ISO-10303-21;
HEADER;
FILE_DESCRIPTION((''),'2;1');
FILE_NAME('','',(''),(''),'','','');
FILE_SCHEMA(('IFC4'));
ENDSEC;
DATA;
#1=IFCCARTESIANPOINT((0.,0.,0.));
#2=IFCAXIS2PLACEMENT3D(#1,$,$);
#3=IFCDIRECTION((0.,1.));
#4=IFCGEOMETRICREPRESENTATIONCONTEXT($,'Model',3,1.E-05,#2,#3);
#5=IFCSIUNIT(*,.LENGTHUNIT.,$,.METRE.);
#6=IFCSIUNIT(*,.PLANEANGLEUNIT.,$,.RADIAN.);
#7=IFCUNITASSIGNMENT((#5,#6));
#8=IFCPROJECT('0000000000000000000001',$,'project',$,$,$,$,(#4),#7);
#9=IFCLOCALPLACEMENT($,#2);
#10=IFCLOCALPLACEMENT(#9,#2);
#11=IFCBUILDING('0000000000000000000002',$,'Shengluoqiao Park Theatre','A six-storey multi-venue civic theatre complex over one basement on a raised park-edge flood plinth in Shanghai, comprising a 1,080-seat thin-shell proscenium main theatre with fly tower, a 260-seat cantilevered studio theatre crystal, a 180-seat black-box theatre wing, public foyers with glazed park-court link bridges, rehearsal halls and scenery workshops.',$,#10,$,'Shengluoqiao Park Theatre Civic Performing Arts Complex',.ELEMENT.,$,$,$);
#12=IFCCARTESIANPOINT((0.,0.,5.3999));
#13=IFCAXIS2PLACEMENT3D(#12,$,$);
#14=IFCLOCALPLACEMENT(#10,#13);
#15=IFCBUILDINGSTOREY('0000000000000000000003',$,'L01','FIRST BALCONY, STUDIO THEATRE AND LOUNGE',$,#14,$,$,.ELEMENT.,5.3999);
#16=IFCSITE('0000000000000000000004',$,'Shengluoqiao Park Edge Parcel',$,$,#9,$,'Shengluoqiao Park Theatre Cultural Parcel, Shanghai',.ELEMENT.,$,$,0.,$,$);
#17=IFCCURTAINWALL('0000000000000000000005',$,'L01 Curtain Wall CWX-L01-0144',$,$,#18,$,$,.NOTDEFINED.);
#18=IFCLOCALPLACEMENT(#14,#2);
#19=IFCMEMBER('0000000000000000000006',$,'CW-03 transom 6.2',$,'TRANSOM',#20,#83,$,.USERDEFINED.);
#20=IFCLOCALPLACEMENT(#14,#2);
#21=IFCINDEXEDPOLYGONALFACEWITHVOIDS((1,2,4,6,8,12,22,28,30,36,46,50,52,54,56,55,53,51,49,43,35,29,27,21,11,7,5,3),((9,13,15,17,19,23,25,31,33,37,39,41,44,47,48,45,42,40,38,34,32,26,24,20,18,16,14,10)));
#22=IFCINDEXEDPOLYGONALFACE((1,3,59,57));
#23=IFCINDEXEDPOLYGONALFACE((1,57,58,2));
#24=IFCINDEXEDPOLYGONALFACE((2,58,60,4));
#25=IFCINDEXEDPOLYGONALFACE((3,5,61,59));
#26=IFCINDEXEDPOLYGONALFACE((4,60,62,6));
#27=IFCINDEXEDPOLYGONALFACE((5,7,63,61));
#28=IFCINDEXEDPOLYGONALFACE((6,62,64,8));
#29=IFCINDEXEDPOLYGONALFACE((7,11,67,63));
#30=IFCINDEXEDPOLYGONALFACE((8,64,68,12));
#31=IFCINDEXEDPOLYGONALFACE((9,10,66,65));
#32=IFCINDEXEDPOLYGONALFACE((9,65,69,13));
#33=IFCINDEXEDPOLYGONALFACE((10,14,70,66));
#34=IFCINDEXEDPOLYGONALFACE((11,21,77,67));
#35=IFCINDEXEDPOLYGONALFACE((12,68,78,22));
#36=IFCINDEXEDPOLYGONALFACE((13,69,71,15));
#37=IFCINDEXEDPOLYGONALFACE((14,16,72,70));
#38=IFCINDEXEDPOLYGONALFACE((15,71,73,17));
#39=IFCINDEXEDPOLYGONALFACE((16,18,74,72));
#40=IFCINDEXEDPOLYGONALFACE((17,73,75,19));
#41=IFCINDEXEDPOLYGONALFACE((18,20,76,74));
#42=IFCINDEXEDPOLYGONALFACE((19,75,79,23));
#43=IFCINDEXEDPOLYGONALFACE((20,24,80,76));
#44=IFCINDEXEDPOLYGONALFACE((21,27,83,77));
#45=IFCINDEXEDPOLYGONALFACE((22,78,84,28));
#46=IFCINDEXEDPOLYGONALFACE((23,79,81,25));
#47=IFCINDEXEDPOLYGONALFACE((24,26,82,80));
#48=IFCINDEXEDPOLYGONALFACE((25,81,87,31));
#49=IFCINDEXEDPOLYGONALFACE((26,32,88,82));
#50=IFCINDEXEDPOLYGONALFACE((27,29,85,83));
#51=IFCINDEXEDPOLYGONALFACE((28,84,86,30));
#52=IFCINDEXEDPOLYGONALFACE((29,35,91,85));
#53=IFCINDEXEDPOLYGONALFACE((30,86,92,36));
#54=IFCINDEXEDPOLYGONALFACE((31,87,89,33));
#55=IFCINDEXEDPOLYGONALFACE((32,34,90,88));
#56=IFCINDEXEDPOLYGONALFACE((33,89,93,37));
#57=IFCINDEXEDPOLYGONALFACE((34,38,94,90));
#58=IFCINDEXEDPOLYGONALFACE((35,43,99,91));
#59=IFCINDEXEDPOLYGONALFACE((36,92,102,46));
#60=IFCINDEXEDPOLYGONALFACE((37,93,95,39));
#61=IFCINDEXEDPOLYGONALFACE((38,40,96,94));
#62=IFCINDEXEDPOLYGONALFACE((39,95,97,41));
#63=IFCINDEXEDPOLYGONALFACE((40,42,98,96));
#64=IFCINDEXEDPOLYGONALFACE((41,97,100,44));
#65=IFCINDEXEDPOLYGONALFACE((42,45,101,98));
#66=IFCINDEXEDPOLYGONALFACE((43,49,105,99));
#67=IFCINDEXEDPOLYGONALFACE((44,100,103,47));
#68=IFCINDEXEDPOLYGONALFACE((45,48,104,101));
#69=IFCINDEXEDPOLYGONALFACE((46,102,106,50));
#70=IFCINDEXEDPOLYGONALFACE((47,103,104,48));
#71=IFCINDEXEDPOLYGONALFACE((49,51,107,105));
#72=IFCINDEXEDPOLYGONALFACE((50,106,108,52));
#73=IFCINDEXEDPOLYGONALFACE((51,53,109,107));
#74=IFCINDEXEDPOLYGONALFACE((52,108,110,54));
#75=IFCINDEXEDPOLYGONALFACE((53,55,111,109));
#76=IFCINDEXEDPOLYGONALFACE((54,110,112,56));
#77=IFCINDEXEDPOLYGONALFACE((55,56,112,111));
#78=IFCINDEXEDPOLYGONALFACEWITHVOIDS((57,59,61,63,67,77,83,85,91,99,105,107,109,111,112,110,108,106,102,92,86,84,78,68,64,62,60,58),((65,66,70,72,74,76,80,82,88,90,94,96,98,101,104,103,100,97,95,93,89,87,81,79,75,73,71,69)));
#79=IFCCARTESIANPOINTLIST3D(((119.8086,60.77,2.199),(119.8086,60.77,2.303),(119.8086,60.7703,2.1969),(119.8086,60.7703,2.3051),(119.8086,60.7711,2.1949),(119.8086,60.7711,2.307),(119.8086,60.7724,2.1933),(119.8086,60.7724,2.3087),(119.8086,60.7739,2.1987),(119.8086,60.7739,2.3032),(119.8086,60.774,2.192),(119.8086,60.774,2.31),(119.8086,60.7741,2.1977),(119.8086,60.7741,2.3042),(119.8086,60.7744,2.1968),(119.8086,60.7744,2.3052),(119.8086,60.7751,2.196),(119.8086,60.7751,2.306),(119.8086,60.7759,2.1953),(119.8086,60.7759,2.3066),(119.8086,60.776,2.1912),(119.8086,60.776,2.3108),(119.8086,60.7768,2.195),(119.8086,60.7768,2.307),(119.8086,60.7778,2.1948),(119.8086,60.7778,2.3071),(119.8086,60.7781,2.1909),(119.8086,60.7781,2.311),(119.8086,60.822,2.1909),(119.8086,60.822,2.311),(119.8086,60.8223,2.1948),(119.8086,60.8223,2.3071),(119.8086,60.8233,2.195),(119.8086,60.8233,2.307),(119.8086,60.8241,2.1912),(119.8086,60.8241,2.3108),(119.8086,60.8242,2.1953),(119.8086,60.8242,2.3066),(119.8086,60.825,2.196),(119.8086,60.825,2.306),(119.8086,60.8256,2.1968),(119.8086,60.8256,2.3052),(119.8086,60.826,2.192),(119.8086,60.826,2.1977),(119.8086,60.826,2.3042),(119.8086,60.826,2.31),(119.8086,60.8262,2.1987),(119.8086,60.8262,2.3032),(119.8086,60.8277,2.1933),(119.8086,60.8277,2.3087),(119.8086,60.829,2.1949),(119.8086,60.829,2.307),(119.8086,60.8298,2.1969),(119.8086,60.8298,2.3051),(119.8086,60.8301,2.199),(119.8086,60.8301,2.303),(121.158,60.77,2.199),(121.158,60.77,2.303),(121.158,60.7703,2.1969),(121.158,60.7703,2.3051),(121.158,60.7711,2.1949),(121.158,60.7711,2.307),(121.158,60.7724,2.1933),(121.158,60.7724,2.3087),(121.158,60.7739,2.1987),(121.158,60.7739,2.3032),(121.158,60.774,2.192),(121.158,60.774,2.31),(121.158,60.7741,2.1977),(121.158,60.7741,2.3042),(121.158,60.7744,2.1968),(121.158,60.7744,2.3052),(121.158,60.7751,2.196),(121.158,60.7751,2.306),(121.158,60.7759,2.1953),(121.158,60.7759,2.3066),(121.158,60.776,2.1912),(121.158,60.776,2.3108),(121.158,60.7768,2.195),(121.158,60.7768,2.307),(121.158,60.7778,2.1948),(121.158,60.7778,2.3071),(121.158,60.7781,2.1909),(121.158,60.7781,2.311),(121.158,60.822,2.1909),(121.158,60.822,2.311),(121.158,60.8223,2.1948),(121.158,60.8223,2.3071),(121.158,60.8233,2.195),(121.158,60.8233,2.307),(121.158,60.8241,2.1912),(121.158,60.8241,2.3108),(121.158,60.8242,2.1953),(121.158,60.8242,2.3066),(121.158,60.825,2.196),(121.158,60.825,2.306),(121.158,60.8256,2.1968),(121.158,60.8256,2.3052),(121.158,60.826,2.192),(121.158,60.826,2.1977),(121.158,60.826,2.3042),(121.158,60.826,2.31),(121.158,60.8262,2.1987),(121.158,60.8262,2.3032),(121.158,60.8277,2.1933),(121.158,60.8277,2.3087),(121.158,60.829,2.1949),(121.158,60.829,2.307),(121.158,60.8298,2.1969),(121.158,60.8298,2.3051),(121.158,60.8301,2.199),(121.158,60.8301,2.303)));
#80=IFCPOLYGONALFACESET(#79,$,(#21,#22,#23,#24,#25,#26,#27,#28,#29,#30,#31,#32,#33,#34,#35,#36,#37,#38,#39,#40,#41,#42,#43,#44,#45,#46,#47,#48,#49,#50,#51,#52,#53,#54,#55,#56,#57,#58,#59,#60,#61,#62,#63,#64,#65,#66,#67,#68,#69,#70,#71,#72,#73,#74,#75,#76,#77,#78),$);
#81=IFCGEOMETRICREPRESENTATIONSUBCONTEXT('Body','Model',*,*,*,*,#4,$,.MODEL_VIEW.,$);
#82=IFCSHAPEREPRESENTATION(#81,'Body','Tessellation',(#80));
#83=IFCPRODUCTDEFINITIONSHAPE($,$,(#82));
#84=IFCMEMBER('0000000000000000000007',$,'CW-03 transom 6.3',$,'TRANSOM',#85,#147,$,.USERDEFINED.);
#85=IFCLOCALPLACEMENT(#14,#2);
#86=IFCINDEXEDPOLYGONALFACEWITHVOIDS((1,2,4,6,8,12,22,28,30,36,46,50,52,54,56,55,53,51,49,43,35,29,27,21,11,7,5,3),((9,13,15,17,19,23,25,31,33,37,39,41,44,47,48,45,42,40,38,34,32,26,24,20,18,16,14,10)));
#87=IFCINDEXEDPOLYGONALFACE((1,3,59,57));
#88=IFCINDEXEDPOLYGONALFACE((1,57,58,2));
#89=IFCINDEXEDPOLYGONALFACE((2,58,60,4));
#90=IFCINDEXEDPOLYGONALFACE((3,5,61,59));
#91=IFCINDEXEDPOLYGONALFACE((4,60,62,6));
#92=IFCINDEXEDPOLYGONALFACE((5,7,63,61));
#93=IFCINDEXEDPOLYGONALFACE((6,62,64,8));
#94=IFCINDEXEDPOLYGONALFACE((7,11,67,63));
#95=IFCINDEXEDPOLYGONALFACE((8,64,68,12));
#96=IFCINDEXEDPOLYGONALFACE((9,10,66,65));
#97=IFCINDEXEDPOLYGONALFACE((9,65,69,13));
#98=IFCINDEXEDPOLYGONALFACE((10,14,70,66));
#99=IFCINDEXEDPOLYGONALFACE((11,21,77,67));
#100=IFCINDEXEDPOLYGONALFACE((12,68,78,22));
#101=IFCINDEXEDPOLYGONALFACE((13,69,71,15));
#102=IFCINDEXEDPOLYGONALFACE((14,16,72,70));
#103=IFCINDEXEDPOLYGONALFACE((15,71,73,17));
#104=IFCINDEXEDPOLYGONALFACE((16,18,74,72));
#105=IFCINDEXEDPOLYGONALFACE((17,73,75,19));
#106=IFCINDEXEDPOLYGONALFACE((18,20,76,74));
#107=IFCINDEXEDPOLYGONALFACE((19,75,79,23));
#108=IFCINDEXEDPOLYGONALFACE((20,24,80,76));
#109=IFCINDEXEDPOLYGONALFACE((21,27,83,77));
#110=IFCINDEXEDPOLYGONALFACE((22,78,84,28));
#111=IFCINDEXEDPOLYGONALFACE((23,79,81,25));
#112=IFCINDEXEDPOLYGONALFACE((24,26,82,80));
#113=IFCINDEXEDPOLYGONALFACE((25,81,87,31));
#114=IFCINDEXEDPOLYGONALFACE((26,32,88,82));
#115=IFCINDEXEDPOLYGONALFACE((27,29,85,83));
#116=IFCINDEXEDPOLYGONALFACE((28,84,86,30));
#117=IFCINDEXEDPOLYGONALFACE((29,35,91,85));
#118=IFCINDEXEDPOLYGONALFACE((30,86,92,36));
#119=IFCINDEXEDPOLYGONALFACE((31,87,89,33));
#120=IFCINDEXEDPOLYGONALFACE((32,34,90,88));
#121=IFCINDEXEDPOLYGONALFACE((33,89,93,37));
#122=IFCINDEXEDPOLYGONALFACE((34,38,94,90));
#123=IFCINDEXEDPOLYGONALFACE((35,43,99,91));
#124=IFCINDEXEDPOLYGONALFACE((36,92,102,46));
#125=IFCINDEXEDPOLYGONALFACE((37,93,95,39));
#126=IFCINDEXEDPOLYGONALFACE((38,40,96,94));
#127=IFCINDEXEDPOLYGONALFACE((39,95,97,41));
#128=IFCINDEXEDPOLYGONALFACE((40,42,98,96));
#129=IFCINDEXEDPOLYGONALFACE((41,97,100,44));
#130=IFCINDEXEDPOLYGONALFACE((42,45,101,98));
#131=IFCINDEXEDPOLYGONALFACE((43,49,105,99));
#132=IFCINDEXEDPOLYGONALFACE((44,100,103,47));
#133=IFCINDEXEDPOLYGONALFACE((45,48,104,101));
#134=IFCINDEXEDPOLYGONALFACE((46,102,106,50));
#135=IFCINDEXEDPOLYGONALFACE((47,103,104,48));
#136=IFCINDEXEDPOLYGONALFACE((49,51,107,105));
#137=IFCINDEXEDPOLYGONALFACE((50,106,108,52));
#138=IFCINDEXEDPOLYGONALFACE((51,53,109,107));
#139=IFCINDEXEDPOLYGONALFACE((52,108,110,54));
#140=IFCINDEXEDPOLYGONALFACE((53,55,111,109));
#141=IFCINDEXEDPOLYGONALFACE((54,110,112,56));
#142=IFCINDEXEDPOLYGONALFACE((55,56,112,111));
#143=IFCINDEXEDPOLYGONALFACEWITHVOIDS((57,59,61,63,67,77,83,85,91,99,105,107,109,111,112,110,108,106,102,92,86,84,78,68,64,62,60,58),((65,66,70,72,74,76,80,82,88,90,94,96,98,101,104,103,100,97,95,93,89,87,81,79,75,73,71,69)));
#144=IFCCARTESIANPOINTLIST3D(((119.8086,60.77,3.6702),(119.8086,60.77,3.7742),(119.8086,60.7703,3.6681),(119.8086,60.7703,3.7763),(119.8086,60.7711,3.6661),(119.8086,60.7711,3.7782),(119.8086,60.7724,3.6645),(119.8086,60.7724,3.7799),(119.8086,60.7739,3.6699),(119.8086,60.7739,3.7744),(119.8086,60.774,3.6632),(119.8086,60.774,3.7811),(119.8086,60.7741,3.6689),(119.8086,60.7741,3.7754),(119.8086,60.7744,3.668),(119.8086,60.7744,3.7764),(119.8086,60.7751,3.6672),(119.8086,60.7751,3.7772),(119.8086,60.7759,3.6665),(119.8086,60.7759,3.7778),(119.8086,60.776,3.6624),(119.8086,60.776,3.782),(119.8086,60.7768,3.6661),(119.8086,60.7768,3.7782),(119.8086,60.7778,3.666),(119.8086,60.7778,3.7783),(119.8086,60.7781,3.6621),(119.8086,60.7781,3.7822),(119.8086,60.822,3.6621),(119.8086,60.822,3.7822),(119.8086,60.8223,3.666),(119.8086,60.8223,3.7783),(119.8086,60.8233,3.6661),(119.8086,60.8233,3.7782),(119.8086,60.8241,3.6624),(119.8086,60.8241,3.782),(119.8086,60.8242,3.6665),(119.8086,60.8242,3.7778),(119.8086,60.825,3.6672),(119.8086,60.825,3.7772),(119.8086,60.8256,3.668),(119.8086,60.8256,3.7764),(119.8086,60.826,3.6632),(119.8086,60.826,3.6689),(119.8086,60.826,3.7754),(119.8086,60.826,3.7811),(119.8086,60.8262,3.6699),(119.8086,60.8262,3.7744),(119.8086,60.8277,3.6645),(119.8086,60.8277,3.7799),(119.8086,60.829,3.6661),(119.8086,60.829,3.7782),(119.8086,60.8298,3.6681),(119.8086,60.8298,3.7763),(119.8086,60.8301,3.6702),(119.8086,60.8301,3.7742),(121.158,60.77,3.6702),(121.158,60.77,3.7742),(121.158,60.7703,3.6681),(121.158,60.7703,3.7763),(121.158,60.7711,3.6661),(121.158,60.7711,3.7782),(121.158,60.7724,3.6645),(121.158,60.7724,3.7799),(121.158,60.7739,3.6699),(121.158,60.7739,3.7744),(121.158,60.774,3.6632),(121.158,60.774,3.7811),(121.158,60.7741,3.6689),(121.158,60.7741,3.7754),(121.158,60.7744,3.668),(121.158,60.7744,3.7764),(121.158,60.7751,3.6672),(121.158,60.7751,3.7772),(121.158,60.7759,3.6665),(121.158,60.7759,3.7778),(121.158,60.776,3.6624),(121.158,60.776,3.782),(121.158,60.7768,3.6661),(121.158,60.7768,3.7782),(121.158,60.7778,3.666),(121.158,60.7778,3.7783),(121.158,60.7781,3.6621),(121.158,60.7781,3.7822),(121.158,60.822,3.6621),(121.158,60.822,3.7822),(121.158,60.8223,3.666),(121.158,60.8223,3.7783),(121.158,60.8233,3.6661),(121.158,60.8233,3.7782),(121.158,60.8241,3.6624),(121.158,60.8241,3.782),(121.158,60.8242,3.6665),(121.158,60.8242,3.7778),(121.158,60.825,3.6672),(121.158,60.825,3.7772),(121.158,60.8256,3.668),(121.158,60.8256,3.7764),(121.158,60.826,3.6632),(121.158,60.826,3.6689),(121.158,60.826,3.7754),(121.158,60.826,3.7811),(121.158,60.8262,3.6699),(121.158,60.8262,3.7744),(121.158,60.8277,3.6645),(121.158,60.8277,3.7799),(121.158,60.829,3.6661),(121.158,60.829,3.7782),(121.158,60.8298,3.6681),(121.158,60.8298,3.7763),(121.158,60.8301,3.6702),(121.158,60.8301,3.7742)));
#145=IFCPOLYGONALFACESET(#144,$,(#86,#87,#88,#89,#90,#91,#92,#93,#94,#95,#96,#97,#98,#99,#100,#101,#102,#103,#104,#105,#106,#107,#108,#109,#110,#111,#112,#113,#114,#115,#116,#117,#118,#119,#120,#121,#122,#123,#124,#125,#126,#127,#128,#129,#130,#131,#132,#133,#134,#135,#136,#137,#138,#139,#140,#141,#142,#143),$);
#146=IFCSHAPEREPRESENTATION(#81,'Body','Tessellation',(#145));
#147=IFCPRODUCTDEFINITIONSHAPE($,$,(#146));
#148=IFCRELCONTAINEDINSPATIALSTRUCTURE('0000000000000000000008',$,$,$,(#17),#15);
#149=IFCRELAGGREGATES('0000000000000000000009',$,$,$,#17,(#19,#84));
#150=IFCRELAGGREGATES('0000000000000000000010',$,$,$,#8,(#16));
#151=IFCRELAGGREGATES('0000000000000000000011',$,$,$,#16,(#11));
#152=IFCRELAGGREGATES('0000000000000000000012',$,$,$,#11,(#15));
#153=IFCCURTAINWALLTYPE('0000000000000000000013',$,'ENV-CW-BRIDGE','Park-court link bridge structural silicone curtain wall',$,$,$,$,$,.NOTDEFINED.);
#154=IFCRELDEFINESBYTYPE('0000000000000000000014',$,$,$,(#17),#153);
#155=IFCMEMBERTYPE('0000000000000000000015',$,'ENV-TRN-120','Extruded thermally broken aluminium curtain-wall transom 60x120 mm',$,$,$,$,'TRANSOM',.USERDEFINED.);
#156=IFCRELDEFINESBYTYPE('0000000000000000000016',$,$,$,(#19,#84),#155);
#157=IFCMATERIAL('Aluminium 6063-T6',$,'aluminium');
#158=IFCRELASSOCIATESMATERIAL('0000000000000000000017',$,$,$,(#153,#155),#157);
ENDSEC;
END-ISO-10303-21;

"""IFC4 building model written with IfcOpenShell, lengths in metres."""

from ifc_helpers import new_model, si_unit, direction, frame, origin, origin_2d, place, context, subcontext, project, spatial, hollow_rectangle, extrude, material, material_profile, profile_set, type_object, element, aggregate, save


model = new_model("IFC4")

# Units and contexts
model_context = context("Model", 3, precision=1e-05, world=origin(), true_north=direction((0.0, 1.0)))
body_context = subcontext(model_context, "Body", "Model", "MODEL_VIEW")
ifc_project = project(units=[si_unit("LENGTHUNIT", "METRE"), si_unit("PLANEANGLEUNIT", "RADIAN")], contexts=[model_context])

# Site, building, storey
site_placement = place(None, origin())
site = spatial("IfcSite", under=ifc_project, at=site_placement, Name="Shengluoqiao Park Edge Parcel", LongName="Shengluoqiao Park Theatre Cultural Parcel, Shanghai", CompositionType="ELEMENT", RefElevation=0.0)
building_placement = place(site_placement, origin())
building = spatial("IfcBuilding", under=site, at=building_placement, Name="Shengluoqiao Park Theatre", Description="A six-storey multi-venue civic theatre complex over one basement on a raised park-edge flood plinth in Shanghai, comprising a 1,080-seat thin-shell proscenium main theatre with fly tower, a 260-seat cantilevered studio theatre crystal, a 180-seat black-box theatre wing, public foyers with glazed park-court link bridges, rehearsal halls and scenery workshops.", LongName="Shengluoqiao Park Theatre Civic Performing Arts Complex", CompositionType="ELEMENT")
storey_placement = place(building_placement, frame((0.0, 0.0, 5.3999)))
storey = spatial("IfcBuildingStorey", under=building, at=storey_placement, Name="L01", Description="FIRST BALCONY, STUDIO THEATRE AND LOUNGE", CompositionType="ELEMENT", Elevation=5.3999)

# Curtain wall
ifc_material_1 = material(Name="Aluminium 6063-T6", Category="aluminium")
curtain_wall_type = type_object("IfcCurtainWallType", Name="ENV-CW-BRIDGE", Description="Park-court link bridge structural silicone curtain wall", PredefinedType="NOTDEFINED", material=ifc_material_1)
curtain_wall_1_placement = place(storey_placement, origin())
curtain_wall_1 = element("IfcCurtainWall", 1, at=curtain_wall_1_placement, inside=storey, type_object=curtain_wall_type, Name="L01 Curtain Wall CWX-L01-0144", PredefinedType="NOTDEFINED")

# Members
ifc_material_profile_1 = material_profile(ifc_material_1, hollow_rectangle(XDim=0.0601, YDim=0.1201, WallThickness=0.0039, InnerFilletRadius=0.0039, OuterFilletRadius=0.0081, at=origin_2d()), Name="ALU TRANSOM 120x60x4")
ifc_profile_set_1 = profile_set([ifc_material_profile_1], Name="Aluminium 6063-T6")
member_type_1 = type_object("IfcMemberType", Name="ENV-TRN-120", Description="Extruded thermally broken aluminium curtain-wall transom 60x120 mm", ElementType="TRANSOM", PredefinedType="USERDEFINED", material=ifc_profile_set_1)
member_1_placement = place(storey_placement, frame((119.8086, 60.8, 2.251), z_axis=(1.0, 0.0, 0.0), x_axis=(0.0, 1.0, 0.0)))
member_1 = element("IfcMember", 2, at=member_1_placement, type_object=member_type_1, Name="CW-03 transom 6.2", ObjectType="TRANSOM", PredefinedType="USERDEFINED", context=body_context, shape_type="SweptSolid", body=[
    extrude(hollow_rectangle(XDim=0.0601, YDim=0.1201, WallThickness=0.0039, InnerFilletRadius=0.0039, OuterFilletRadius=0.0081, at=origin_2d()), origin(), (0.0, 0.0, 1.0), 1.3494),
])
member_2_placement = place(storey_placement, frame((119.8086, 60.8, 3.7222), z_axis=(1.0, 0.0, 0.0), x_axis=(0.0, 1.0, 0.0)))
member_2 = element("IfcMember", 3, at=member_2_placement, type_object=member_type_1, Name="CW-03 transom 6.3", ObjectType="TRANSOM", PredefinedType="USERDEFINED", context=body_context, shape_type="SweptSolid", body=[
    extrude(hollow_rectangle(XDim=0.0601, YDim=0.1201, WallThickness=0.0039, InnerFilletRadius=0.0039, OuterFilletRadius=0.0081, at=origin_2d()), origin(), (0.0, 0.0, 1.0), 1.3494),
])

aggregate(curtain_wall_1, [member_1, member_2])

save(model, "model.ifc")
